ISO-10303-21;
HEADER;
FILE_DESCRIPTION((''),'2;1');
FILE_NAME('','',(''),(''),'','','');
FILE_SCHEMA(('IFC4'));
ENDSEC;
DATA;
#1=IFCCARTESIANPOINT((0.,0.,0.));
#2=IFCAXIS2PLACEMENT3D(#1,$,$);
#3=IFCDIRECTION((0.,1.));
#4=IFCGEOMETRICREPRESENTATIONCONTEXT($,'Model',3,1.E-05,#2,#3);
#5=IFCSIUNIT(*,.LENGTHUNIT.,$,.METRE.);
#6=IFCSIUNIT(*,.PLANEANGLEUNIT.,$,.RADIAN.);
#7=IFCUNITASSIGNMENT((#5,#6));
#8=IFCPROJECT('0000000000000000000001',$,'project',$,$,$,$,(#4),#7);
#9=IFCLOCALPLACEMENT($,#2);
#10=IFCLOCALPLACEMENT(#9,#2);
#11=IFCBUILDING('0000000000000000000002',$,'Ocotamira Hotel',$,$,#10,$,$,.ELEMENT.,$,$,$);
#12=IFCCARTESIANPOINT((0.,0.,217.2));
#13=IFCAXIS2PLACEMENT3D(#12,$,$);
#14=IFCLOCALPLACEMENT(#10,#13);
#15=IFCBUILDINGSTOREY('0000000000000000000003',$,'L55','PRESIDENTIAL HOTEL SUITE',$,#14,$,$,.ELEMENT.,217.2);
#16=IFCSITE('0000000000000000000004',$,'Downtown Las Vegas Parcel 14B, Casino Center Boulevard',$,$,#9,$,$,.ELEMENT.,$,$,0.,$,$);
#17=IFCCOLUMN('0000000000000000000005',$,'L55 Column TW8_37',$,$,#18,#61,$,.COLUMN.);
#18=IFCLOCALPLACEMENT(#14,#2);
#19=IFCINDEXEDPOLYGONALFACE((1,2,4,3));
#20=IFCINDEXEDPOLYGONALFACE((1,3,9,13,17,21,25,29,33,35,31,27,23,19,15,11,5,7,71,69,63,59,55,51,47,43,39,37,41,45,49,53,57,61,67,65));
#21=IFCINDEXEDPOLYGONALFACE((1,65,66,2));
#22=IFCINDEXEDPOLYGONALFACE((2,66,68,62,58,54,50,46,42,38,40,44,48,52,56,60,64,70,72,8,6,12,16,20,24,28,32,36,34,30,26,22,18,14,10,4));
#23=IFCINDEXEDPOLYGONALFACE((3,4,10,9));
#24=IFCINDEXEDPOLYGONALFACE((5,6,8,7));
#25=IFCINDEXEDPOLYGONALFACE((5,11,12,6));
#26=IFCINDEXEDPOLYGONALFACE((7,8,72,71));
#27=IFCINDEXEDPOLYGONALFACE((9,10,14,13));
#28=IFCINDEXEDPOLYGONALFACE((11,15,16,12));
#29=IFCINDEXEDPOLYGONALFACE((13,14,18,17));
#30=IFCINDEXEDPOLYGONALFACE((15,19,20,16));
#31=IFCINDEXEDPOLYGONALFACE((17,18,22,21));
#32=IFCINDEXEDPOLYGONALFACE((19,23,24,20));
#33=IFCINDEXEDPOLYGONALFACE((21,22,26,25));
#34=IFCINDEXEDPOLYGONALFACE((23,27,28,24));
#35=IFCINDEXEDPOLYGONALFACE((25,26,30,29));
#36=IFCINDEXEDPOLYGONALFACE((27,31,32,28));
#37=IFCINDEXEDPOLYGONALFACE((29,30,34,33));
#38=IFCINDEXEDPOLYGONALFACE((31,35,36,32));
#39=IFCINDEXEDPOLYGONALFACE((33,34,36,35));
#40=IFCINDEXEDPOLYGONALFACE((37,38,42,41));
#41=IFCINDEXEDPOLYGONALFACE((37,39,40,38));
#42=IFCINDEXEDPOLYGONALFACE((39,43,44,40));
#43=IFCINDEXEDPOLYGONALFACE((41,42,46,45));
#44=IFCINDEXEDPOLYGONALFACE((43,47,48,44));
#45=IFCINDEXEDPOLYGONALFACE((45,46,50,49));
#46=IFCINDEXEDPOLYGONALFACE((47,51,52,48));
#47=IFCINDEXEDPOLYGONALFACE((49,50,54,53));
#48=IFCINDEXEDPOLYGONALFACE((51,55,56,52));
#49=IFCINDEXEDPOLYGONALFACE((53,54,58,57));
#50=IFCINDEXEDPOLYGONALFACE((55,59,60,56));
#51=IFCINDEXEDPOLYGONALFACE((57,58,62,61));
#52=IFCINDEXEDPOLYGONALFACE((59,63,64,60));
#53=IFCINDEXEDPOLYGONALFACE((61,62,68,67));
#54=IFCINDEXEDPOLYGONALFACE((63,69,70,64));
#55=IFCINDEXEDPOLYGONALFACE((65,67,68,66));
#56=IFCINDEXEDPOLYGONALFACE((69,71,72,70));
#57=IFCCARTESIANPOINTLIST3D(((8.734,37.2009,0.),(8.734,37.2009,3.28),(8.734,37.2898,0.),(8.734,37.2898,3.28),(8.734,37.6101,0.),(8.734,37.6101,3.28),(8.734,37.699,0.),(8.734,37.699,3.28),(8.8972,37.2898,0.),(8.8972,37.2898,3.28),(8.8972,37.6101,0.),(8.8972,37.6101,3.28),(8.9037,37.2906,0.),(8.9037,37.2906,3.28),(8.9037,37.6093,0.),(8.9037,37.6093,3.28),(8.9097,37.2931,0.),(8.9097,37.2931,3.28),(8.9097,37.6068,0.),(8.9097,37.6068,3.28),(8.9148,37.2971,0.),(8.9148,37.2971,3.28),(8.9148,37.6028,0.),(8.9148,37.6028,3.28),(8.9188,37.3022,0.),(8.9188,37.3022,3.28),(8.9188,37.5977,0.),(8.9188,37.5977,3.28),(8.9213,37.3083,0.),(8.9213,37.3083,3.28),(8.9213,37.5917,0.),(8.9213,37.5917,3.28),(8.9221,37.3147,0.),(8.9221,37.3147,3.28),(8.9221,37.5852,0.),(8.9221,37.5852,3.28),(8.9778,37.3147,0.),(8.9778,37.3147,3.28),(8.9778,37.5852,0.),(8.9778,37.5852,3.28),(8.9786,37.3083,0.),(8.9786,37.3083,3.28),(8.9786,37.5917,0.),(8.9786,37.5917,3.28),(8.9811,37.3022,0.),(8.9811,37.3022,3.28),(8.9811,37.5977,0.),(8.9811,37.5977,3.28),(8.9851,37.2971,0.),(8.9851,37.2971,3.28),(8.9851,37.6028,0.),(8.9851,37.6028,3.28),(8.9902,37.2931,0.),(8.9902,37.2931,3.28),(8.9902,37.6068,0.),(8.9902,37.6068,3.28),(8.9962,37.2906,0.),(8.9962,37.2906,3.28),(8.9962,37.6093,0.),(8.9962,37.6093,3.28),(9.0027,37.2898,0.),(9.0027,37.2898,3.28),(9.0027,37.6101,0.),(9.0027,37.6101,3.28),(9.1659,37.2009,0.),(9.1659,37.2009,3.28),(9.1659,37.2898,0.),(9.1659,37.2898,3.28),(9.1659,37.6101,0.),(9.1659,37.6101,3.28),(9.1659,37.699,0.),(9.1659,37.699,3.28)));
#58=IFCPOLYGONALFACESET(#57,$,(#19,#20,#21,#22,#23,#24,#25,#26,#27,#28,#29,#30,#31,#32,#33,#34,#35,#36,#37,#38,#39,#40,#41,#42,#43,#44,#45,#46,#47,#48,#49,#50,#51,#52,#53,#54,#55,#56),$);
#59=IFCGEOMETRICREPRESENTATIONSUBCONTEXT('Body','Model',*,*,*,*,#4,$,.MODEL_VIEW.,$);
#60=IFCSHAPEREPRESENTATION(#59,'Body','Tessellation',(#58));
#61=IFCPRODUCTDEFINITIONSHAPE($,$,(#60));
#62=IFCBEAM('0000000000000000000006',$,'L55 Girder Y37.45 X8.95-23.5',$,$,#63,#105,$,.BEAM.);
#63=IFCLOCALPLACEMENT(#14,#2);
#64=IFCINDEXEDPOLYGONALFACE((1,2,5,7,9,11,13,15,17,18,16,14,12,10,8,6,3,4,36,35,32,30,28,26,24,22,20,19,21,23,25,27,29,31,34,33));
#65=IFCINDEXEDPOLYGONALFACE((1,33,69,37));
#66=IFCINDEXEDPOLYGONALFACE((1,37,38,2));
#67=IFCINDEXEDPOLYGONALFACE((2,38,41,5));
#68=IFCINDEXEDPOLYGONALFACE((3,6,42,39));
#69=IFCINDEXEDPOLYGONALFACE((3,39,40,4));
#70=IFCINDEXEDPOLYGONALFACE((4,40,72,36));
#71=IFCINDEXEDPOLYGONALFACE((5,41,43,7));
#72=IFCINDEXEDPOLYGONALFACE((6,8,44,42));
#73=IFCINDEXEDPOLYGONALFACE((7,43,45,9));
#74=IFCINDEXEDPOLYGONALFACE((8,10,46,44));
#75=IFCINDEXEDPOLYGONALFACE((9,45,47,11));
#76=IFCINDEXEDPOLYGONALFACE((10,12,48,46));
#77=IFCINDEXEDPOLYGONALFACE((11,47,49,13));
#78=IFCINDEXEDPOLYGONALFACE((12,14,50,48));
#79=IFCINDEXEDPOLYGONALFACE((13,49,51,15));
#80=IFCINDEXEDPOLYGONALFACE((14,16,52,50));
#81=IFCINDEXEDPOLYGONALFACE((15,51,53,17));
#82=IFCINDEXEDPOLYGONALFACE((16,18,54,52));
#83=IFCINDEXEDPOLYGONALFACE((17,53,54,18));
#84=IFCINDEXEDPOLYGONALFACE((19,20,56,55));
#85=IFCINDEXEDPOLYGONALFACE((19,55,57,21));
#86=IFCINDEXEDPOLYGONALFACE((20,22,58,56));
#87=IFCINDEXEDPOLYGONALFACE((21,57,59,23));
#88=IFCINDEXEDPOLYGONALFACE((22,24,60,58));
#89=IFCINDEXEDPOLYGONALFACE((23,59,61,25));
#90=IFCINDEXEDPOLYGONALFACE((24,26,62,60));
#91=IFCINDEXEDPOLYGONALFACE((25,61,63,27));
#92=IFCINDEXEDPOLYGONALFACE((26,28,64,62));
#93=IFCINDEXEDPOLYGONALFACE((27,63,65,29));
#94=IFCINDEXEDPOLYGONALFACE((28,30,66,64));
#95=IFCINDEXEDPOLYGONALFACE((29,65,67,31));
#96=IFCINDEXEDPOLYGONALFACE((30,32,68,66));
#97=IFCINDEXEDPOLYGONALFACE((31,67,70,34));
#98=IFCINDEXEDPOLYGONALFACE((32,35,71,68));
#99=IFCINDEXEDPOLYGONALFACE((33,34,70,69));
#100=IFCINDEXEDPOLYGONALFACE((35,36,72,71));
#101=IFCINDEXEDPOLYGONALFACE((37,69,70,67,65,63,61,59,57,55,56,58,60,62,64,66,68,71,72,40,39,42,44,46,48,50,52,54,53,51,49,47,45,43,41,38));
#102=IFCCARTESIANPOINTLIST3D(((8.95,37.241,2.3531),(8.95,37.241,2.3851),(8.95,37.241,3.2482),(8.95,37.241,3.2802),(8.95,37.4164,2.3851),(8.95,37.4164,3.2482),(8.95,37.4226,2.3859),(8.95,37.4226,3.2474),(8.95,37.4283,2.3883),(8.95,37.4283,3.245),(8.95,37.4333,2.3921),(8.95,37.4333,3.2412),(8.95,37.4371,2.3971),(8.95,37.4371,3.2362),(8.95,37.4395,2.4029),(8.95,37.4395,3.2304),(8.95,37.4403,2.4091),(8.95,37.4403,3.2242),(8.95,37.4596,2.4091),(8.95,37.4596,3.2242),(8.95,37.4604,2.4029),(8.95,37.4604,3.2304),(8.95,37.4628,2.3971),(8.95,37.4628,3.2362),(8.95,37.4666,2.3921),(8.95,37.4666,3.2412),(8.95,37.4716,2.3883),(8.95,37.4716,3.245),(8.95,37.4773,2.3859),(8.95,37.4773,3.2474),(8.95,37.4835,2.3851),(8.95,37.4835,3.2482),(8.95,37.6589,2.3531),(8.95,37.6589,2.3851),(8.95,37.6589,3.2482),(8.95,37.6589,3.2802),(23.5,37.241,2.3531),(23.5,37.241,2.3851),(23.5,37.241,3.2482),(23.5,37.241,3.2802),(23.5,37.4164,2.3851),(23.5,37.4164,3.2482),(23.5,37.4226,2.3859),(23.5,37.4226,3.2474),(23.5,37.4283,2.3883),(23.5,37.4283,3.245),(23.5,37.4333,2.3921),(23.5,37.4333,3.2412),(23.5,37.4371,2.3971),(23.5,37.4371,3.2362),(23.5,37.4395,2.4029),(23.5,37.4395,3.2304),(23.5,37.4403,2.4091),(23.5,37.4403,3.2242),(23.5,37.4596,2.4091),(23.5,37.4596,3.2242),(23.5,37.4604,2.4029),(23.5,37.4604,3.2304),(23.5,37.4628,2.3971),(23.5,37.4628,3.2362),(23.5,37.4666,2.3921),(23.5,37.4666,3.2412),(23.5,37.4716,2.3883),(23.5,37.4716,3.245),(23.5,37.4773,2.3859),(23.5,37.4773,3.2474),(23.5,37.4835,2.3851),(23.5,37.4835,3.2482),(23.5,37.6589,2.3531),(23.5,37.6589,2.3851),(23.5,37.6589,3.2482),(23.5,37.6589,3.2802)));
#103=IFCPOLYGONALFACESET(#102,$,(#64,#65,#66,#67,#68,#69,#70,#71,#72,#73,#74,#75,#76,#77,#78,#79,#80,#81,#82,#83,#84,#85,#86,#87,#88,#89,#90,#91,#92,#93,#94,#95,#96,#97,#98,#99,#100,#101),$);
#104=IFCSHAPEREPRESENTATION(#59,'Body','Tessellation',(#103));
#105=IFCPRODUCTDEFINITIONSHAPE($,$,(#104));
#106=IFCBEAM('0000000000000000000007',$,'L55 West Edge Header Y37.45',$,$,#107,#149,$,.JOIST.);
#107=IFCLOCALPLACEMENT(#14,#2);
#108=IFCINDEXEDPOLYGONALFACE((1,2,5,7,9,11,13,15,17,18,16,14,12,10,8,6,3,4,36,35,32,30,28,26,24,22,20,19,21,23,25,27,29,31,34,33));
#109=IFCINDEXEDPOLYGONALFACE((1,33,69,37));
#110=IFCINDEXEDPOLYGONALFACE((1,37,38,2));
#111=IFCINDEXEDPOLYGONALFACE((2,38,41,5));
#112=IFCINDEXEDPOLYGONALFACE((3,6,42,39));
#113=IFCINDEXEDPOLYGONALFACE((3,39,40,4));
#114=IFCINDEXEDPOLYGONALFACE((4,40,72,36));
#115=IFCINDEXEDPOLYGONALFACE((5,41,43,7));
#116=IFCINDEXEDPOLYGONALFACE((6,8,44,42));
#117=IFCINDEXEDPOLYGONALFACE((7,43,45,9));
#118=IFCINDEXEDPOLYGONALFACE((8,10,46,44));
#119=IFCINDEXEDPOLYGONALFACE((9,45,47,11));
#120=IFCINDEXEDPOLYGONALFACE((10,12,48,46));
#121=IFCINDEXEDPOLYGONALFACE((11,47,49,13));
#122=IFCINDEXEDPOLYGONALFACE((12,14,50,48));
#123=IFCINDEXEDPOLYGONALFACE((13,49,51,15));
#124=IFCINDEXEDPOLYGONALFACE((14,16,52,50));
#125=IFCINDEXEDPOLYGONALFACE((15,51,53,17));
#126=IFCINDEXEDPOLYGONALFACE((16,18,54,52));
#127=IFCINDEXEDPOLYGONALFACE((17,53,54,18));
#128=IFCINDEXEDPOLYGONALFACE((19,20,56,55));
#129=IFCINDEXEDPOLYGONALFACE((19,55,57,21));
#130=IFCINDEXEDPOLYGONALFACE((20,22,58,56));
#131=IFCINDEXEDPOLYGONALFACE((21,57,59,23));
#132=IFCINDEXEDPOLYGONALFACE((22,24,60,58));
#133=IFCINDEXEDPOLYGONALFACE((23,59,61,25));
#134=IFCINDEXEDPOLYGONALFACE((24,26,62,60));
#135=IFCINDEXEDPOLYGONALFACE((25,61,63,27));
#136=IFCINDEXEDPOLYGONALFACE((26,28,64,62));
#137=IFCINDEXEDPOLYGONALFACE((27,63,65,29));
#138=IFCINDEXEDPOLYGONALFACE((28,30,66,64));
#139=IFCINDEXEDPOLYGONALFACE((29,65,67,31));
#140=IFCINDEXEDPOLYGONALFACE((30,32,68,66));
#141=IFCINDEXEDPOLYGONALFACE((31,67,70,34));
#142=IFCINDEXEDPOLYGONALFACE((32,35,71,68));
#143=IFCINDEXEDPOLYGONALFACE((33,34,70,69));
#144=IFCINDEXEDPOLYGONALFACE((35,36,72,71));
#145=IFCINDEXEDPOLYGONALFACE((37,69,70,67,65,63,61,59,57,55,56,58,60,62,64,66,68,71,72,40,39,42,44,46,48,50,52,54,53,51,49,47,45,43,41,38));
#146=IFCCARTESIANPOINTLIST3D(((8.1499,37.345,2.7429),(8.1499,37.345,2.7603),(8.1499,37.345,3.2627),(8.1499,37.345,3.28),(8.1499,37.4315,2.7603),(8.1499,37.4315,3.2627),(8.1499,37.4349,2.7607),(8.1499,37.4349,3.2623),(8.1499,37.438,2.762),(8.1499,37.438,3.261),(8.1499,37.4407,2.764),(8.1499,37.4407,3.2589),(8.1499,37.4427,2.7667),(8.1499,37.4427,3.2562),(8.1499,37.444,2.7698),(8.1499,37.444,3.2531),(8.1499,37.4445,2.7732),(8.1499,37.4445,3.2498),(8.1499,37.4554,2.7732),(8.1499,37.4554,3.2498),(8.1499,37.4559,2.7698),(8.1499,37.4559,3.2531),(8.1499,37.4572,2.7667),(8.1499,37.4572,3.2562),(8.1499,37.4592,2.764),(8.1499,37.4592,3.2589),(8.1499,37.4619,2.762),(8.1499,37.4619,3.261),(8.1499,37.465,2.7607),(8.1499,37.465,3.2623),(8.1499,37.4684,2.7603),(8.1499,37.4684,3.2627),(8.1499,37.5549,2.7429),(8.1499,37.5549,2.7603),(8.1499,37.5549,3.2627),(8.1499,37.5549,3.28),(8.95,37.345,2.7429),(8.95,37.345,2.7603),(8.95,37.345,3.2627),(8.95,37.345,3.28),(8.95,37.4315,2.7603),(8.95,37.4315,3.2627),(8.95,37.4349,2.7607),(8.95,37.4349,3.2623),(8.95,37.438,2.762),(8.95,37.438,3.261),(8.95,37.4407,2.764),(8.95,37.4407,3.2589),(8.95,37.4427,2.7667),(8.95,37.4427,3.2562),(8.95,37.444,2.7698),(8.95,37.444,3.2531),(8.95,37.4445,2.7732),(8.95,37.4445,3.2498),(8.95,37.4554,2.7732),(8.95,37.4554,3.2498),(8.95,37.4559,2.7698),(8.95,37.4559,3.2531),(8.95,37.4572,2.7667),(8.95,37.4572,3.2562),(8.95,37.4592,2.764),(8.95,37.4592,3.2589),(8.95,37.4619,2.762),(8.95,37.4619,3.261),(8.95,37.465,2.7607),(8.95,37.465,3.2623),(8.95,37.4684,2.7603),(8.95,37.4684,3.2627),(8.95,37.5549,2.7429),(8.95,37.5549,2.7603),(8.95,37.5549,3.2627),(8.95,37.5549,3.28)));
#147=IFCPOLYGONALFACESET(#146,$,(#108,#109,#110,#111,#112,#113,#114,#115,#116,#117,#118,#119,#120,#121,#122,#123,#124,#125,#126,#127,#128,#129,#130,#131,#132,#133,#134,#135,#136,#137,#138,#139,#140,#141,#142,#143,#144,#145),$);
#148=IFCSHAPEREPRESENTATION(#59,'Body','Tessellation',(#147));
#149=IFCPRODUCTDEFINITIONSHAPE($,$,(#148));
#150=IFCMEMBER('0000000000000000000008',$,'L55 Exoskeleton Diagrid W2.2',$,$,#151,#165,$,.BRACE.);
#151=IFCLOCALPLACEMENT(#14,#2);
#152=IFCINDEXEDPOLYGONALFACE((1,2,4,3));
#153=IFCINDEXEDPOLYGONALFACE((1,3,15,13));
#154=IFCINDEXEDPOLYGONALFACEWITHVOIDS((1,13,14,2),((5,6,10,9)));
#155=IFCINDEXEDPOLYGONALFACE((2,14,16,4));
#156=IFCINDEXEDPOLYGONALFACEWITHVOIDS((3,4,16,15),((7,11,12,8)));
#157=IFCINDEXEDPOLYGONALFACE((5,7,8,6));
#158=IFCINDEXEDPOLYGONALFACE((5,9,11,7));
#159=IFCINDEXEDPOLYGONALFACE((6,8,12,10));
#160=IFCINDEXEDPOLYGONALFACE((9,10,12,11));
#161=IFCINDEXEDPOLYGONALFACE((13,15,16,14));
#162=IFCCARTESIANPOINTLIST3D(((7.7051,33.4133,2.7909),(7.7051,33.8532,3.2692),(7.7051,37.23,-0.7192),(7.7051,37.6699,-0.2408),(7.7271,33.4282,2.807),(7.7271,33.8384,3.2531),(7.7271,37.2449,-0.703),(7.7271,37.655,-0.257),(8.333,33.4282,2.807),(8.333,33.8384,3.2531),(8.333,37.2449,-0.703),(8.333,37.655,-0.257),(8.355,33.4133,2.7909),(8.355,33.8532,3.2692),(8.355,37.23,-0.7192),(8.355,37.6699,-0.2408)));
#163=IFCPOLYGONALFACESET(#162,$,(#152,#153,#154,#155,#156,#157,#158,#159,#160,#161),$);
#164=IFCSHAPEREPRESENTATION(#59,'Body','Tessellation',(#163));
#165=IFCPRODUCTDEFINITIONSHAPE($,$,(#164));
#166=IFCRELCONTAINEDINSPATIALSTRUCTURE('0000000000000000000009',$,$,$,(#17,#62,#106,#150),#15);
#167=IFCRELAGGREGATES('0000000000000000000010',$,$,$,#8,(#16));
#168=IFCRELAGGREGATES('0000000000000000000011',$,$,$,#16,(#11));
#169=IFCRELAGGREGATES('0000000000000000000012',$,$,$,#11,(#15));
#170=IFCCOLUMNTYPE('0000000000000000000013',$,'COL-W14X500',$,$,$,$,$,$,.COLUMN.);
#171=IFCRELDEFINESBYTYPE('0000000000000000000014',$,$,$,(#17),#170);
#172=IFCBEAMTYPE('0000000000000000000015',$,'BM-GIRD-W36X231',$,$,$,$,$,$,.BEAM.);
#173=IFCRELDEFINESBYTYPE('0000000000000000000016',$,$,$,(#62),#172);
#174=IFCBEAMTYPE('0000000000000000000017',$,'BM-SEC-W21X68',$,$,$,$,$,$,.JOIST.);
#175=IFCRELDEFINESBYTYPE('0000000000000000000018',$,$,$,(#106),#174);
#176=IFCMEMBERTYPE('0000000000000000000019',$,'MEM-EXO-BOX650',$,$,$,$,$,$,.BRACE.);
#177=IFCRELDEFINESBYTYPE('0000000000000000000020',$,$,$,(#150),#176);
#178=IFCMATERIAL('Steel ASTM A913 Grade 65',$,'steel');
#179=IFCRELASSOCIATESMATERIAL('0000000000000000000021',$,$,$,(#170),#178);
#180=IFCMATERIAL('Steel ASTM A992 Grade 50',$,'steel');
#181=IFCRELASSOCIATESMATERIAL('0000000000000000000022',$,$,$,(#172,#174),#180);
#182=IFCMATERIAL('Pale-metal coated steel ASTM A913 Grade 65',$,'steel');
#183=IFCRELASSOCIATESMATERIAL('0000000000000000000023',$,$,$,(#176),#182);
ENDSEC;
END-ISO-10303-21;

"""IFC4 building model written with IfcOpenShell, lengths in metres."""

from ifc_helpers import new_model, si_unit, direction, frame, origin, origin_2d, place, context, subcontext, project, spatial, hollow_rectangle, i_section, extrude, source, transform, mapped, material, material_profile, profile_set, type_object, element, save


model = new_model("IFC4")

# Units and contexts
model_context = context("Model", 3, precision=1e-05, world=origin(), true_north=direction((0.0, 1.0)))
body_context = subcontext(model_context, "Body", "Model", "MODEL_VIEW")
ifc_project = project(units=[si_unit("LENGTHUNIT", "METRE"), si_unit("PLANEANGLEUNIT", "RADIAN")], contexts=[model_context])

# Site, building, storey
site_placement = place(None, origin())
site = spatial("IfcSite", under=ifc_project, at=site_placement, Name="Downtown Las Vegas Parcel 14B, Casino Center Boulevard", CompositionType="ELEMENT", RefElevation=0.0)
building_placement = place(site_placement, origin())
building = spatial("IfcBuilding", under=site, at=building_placement, Name="Ocotamira Hotel", CompositionType="ELEMENT")
storey_placement = place(building_placement, frame((0.0, 0.0, 217.2)))
storey = spatial("IfcBuildingStorey", under=building, at=storey_placement, Name="L55", Description="PRESIDENTIAL HOTEL SUITE", CompositionType="ELEMENT", Elevation=217.2)

# Column
ifc_material_1 = material(Name="Steel ASTM A913 Grade 65", Category="steel")
ifc_material_profile_1 = material_profile(ifc_material_1, i_section(OverallWidth=0.4319, OverallDepth=0.498, WebThickness=0.0557, FlangeThickness=0.0889, FilletRadius=0.0249, at=origin_2d()), Name="W14X500")
ifc_profile_set_1 = profile_set([ifc_material_profile_1], Name="Steel ASTM A913 Grade 65")
column_type = type_object("IfcColumnType", Name="COL-W14X500", PredefinedType="COLUMN", material=ifc_profile_set_1)
shared_shape_1 = source(origin(), body_context, "Body", "SweptSolid", [
    extrude(i_section(OverallWidth=0.4319, OverallDepth=0.498, WebThickness=0.0557, FlangeThickness=0.0889, FilletRadius=0.0249, at=origin_2d()), origin(), (0.0, 0.0, 1.0), 3.28),
])
column_placement = place(storey_placement, frame((8.95, 37.45, 0.0), z_axis=(0.0, 0.0, 1.0), x_axis=(1.0, 0.0, 0.0)))
element("IfcColumn", 1, at=column_placement, inside=storey, type_object=column_type, Name="L55 Column TW8_37", PredefinedType="COLUMN", context=body_context, shape_type="MappedRepresentation", body=[
    mapped(shared_shape_1, transform((0.0, 0.0, 0.0), scale=1.0)),
])

# Beams
ifc_material_2 = material(Name="Steel ASTM A992 Grade 50", Category="steel")
ifc_material_profile_2 = material_profile(ifc_material_2, i_section(OverallWidth=0.418, OverallDepth=0.927, WebThickness=0.0193, FlangeThickness=0.032, FilletRadius=0.0239, at=origin_2d()), Name="W36X231")
ifc_profile_set_2 = profile_set([ifc_material_profile_2], Name="Steel ASTM A992 Grade 50")
beam_type_1 = type_object("IfcBeamType", Name="BM-GIRD-W36X231", PredefinedType="BEAM", material=ifc_profile_set_2)
shared_shape_2 = source(origin(), body_context, "Body", "SweptSolid", [
    extrude(i_section(OverallWidth=0.418, OverallDepth=0.927, WebThickness=0.0193, FlangeThickness=0.032, FilletRadius=0.0239, at=origin_2d()), origin(), (0.0, 0.0, 1.0), 14.55),
])
beam_1_placement = place(storey_placement, frame((8.95, 37.45, 2.8167), z_axis=(1.0, 0.0, 0.0), x_axis=(0.0, 1.0, 0.0)))
element("IfcBeam", 2, at=beam_1_placement, inside=storey, type_object=beam_type_1, Name="L55 Girder Y37.45 X8.95-23.5", PredefinedType="BEAM", context=body_context, shape_type="MappedRepresentation", body=[
    mapped(shared_shape_2, transform((0.0, 0.0, 0.0), scale=1.0)),
])
ifc_material_profile_3 = material_profile(ifc_material_2, i_section(OverallWidth=0.21, OverallDepth=0.5371, WebThickness=0.011, FlangeThickness=0.0173, FilletRadius=0.0129, at=origin_2d()), Name="W21X68")
ifc_profile_set_3 = profile_set([ifc_material_profile_3], Name="Steel ASTM A992 Grade 50")
beam_type_2 = type_object("IfcBeamType", Name="BM-SEC-W21X68", PredefinedType="JOIST", material=ifc_profile_set_3)
shared_shape_3 = source(origin(), body_context, "Body", "SweptSolid", [
    extrude(i_section(OverallWidth=0.21, OverallDepth=0.5371, WebThickness=0.011, FlangeThickness=0.0173, FilletRadius=0.0129, at=origin_2d()), origin(), (0.0, 0.0, 1.0), 0.8),
])
beam_2_placement = place(storey_placement, frame((8.95, 37.45, 3.0115), z_axis=(-1.0, 0.0, 0.0), x_axis=(0.0, -1.0, 0.0)))
element("IfcBeam", 3, at=beam_2_placement, inside=storey, type_object=beam_type_2, Name="L55 West Edge Header Y37.45", PredefinedType="JOIST", context=body_context, shape_type="MappedRepresentation", body=[
    mapped(shared_shape_3, transform((0.0, 0.0, 0.0), scale=1.0)),
])

# Member
ifc_material_3 = material(Name="Pale-metal coated steel ASTM A913 Grade 65", Category="steel")
ifc_material_profile_4 = material_profile(ifc_material_3, hollow_rectangle(XDim=0.6499, YDim=0.6499, WallThickness=0.022, at=origin_2d()), Name="BOX650X650X22")
ifc_profile_set_4 = profile_set([ifc_material_profile_4], Name="Pale-metal coated steel ASTM A913 Grade 65")
member_type_1 = type_object("IfcMemberType", Name="MEM-EXO-BOX650", PredefinedType="BRACE", material=ifc_profile_set_4)
shared_shape_4 = source(origin(), body_context, "Body", "SweptSolid", [
    extrude(hollow_rectangle(XDim=0.6499, YDim=0.6499, WallThickness=0.022, at=origin_2d()), origin(), (0.0, 0.0, 1.0), 5.1853),
])
member_1_placement = place(storey_placement, frame((8.03, 37.45, -0.48), z_axis=(0.0, -0.736057, 0.67692), x_axis=(1.0, 0.0, 0.0)))
element("IfcMember", 4, at=member_1_placement, inside=storey, type_object=member_type_1, Name="L55 Exoskeleton Diagrid W2.2", PredefinedType="BRACE", context=body_context, shape_type="MappedRepresentation", body=[
    mapped(shared_shape_4, transform((0.0, 0.0, 0.0), scale=1.0)),
])

save(model, "model.ifc")
